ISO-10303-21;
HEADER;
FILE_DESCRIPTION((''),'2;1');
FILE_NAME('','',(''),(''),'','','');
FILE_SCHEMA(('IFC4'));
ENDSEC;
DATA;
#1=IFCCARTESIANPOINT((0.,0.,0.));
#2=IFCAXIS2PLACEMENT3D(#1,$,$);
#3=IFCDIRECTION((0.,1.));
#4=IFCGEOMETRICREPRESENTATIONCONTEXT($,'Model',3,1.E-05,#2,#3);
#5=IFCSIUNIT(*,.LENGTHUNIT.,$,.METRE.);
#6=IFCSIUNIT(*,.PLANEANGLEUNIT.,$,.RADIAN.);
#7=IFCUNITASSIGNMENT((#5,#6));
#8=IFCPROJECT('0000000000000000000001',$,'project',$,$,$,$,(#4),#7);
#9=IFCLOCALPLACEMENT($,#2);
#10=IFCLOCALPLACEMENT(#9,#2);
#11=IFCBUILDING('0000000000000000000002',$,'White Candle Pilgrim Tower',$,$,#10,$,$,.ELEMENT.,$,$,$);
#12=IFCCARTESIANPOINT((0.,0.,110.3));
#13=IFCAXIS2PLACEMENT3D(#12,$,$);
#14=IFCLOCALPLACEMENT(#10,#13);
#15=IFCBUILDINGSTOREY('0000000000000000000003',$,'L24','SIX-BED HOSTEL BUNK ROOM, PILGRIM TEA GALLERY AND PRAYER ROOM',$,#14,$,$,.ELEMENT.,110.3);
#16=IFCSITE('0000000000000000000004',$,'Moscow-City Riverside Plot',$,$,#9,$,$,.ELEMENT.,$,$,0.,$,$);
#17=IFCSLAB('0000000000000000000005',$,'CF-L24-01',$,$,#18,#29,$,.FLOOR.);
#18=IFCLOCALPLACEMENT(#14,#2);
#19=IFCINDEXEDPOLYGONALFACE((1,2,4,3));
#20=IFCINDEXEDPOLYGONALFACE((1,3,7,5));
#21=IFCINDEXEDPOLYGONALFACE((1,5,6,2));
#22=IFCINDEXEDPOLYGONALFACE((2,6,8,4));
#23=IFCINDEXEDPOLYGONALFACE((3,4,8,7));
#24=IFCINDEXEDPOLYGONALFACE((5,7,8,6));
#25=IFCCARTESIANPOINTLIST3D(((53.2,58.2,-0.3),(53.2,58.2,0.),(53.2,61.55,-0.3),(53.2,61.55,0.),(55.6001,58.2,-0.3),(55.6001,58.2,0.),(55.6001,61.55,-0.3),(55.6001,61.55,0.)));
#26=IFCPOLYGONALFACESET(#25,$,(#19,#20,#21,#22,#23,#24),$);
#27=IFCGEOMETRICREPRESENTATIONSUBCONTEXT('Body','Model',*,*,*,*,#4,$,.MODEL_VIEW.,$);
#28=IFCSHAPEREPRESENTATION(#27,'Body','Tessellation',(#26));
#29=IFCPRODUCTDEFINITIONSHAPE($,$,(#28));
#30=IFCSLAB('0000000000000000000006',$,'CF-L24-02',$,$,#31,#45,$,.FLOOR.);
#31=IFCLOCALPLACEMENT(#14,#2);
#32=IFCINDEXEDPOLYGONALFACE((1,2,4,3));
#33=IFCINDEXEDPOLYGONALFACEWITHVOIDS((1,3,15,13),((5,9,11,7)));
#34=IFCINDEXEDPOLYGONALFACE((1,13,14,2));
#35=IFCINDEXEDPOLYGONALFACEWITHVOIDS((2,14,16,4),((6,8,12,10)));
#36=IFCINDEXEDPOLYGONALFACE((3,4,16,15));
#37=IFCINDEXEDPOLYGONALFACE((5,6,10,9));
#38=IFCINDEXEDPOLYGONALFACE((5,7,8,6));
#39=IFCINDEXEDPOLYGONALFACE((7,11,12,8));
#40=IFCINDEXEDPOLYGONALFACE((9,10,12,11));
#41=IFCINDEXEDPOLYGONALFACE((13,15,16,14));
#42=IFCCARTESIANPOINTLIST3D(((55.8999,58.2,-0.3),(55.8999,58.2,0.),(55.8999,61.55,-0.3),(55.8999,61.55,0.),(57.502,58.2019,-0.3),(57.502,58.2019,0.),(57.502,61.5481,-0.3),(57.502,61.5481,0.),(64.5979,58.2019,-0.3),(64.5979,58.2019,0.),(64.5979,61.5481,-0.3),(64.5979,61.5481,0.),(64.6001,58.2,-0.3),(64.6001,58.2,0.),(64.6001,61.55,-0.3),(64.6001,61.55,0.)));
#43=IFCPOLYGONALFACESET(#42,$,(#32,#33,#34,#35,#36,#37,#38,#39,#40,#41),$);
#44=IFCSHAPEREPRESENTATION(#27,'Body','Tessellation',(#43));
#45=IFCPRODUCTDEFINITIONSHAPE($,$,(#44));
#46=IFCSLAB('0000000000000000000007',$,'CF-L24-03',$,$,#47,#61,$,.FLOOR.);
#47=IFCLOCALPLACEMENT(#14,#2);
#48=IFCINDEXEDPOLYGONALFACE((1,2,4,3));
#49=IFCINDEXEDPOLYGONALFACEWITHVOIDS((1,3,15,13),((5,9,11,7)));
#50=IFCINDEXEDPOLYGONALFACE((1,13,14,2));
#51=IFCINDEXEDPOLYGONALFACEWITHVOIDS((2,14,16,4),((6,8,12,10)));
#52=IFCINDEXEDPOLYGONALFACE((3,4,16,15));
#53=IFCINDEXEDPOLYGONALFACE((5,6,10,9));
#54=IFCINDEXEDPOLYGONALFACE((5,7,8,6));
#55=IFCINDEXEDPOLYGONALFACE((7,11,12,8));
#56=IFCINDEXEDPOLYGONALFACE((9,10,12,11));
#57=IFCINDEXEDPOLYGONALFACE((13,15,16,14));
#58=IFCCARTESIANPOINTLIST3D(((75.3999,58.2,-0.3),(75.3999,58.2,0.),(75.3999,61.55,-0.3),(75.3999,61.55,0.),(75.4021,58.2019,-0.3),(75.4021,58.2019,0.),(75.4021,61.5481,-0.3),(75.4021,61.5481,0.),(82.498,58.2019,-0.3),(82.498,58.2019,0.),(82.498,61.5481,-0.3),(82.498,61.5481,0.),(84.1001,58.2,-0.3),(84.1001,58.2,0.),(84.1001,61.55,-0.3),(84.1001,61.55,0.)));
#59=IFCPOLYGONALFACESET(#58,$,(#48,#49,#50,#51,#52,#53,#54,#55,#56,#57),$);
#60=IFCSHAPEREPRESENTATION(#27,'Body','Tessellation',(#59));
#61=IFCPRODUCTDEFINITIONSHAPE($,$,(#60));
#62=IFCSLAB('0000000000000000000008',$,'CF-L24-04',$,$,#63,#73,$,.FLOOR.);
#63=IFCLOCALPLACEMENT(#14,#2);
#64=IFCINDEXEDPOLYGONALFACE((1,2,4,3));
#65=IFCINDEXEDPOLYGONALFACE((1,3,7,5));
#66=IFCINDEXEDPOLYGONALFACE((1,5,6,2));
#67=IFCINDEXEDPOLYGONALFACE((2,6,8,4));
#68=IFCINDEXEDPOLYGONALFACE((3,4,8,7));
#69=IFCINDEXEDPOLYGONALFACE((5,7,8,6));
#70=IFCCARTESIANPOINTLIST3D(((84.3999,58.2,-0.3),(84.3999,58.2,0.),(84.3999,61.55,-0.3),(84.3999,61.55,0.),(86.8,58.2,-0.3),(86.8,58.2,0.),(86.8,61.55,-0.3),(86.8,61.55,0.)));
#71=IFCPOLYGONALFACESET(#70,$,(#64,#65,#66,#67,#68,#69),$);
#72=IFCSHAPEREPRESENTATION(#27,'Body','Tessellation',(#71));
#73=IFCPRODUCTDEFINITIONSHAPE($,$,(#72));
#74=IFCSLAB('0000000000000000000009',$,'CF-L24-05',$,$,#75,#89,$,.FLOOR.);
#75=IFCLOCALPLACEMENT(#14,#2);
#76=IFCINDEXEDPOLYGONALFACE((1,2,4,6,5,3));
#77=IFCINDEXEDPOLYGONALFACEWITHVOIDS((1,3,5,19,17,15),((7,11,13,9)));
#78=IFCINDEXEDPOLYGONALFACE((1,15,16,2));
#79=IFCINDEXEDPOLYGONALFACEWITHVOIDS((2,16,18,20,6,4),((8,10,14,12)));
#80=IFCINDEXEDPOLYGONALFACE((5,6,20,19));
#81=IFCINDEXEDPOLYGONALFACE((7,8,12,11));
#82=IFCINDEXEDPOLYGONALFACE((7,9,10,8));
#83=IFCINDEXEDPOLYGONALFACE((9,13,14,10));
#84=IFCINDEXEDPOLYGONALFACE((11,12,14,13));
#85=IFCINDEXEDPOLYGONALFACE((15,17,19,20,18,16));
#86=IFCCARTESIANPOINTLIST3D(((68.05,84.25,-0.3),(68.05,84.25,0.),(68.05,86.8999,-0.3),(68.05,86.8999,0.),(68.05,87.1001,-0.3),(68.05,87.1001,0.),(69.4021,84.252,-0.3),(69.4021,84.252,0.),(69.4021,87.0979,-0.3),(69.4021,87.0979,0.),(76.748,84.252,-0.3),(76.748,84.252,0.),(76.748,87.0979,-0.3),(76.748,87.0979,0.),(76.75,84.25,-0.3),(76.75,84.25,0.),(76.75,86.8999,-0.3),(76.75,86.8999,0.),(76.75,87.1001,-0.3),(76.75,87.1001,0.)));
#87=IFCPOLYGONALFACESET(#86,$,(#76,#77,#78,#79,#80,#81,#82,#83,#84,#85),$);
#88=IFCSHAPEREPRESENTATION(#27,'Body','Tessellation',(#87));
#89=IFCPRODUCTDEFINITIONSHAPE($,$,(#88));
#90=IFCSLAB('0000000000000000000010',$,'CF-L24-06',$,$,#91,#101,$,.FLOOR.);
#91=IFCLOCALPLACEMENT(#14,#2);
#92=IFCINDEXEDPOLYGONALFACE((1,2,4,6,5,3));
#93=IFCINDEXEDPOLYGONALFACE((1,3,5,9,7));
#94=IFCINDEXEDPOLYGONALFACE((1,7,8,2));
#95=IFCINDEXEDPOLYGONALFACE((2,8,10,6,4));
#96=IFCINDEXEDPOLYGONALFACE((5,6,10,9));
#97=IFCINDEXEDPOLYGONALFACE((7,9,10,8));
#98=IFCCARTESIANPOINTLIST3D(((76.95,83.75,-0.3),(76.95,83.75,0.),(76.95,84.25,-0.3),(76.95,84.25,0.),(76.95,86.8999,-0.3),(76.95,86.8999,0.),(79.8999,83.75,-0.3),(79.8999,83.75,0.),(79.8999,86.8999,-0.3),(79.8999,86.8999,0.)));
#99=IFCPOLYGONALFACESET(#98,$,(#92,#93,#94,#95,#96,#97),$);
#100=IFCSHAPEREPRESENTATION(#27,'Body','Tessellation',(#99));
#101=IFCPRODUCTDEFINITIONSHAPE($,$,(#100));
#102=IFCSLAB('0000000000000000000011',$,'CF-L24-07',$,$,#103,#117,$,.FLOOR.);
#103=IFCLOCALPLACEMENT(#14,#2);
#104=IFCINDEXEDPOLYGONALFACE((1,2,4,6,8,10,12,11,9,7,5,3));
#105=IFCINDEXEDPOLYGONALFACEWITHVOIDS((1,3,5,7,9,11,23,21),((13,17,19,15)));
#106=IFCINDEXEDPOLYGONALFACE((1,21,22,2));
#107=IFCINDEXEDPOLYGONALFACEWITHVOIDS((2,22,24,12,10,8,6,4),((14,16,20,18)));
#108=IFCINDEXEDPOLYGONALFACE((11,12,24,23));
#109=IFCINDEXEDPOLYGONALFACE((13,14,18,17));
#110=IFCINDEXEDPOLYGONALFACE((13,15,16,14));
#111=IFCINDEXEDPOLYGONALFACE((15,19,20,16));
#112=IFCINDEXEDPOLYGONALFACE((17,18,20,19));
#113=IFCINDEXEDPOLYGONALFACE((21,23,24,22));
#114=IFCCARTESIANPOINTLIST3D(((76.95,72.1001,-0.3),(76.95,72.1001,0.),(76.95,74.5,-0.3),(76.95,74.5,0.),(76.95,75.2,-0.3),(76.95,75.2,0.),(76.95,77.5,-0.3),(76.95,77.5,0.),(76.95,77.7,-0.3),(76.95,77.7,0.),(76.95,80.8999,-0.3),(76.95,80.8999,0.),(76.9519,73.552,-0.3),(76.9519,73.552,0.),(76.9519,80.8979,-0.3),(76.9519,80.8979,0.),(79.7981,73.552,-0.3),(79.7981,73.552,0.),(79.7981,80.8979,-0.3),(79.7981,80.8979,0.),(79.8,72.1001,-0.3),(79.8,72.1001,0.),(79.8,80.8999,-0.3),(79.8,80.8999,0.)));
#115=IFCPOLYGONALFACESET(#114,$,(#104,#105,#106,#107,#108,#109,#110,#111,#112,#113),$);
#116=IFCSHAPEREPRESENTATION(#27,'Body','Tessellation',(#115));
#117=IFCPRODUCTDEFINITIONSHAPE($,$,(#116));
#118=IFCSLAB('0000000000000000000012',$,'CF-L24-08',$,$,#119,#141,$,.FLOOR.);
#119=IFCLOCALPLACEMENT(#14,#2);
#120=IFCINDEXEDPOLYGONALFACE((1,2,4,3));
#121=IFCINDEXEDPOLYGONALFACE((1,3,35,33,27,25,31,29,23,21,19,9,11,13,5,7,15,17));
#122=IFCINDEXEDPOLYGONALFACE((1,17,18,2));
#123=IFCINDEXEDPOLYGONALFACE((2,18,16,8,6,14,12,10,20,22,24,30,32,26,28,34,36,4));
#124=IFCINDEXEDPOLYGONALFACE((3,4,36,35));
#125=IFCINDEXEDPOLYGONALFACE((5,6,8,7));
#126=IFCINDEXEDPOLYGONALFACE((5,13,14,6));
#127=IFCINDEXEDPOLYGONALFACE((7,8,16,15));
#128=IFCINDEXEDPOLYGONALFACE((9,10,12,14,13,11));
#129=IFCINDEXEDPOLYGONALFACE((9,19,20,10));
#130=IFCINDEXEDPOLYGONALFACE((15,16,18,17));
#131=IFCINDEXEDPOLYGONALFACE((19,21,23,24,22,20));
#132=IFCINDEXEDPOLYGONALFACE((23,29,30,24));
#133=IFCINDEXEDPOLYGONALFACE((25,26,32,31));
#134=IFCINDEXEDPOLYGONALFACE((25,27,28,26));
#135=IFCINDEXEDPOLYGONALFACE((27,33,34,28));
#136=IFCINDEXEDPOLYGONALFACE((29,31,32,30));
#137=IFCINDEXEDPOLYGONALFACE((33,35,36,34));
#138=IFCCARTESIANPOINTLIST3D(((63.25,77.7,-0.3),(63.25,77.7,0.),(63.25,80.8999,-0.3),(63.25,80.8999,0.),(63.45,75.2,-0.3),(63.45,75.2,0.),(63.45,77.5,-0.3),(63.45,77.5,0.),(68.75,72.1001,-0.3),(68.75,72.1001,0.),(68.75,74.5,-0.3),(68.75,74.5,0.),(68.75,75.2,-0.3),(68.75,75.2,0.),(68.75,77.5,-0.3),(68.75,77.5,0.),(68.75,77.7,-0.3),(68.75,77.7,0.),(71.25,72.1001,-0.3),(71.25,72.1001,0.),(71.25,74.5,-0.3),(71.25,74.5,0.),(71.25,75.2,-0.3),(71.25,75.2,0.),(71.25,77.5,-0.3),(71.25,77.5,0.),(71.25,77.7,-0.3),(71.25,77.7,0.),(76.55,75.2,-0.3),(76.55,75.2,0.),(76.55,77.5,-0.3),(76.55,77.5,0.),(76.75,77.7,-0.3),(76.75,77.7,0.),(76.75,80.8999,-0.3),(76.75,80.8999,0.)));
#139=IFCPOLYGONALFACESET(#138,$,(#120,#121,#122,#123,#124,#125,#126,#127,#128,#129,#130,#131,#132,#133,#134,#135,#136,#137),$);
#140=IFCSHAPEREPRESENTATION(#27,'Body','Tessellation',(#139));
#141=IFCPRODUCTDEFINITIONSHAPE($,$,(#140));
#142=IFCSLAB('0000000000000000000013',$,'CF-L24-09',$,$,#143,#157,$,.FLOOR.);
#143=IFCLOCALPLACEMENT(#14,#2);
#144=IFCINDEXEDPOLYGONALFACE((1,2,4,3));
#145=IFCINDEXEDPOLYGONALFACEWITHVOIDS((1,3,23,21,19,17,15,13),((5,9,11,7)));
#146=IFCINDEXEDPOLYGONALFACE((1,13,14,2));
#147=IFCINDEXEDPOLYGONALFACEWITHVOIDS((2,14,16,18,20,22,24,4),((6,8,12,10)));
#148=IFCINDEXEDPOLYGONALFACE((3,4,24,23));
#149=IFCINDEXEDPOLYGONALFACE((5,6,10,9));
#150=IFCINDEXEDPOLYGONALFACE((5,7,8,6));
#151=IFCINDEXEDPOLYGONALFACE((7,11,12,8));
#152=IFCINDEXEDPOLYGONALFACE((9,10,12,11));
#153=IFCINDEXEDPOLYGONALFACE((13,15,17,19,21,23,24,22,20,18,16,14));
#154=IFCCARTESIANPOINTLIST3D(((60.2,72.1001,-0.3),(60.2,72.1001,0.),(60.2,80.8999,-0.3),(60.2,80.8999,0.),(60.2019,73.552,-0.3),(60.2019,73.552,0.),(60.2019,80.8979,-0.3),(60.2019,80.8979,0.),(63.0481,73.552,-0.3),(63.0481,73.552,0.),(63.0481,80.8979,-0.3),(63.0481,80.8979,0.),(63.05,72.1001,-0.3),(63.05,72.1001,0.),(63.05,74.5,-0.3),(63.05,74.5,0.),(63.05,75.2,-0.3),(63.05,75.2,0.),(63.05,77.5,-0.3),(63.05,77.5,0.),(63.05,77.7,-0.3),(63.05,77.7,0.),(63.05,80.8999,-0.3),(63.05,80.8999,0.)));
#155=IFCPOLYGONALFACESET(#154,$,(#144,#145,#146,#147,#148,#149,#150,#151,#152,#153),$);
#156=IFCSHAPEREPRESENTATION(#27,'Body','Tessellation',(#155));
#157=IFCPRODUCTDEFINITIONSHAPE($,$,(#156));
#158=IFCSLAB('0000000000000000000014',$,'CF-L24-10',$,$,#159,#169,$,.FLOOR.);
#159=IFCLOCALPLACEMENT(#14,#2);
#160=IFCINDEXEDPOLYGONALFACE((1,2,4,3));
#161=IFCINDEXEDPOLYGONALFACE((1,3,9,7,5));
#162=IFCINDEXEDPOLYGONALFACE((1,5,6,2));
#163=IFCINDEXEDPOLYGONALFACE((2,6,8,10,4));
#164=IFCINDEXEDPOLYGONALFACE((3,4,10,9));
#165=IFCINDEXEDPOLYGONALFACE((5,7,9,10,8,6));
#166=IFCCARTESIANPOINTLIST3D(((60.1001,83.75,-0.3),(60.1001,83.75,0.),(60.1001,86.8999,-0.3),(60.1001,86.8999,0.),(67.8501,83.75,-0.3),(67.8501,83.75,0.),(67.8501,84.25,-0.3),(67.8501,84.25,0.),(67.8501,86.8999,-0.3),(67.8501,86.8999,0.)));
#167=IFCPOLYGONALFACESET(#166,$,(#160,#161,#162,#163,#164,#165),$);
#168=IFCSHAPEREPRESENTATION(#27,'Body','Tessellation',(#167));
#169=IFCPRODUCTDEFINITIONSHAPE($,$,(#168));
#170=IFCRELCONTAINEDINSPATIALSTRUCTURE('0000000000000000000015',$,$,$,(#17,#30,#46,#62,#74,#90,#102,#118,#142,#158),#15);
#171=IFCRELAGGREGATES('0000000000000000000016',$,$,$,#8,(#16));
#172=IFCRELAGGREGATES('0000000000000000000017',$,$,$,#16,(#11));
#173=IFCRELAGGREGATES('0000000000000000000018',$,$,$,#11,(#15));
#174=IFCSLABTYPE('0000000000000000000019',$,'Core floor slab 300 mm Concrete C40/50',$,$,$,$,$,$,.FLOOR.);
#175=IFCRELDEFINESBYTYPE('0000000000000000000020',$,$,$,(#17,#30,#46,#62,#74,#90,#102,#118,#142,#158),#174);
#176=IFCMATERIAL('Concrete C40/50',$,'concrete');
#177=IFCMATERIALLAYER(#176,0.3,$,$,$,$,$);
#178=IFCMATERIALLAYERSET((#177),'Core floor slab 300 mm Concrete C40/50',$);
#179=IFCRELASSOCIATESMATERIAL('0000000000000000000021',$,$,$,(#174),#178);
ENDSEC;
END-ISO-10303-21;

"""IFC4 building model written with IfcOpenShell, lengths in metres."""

from ifc_helpers import new_model, si_unit, direction, frame, origin, place, context, subcontext, project, spatial, polyline, outline, extrude, material, layer, layer_set, type_object, element, save


model = new_model("IFC4")

# Units and contexts
model_context = context("Model", 3, precision=1e-05, world=origin(), true_north=direction((0.0, 1.0)))
body_context = subcontext(model_context, "Body", "Model", "MODEL_VIEW")
ifc_project = project(units=[si_unit("LENGTHUNIT", "METRE"), si_unit("PLANEANGLEUNIT", "RADIAN")], contexts=[model_context])

# Site, building, storey
site_placement = place(None, origin())
site = spatial("IfcSite", under=ifc_project, at=site_placement, Name="Moscow-City Riverside Plot", CompositionType="ELEMENT", RefElevation=0.0)
building_placement = place(site_placement, origin())
building = spatial("IfcBuilding", under=site, at=building_placement, Name="White Candle Pilgrim Tower", CompositionType="ELEMENT")
storey_placement = place(building_placement, frame((0.0, 0.0, 110.3)))
storey = spatial("IfcBuildingStorey", under=building, at=storey_placement, Name="L24", Description="SIX-BED HOSTEL BUNK ROOM, PILGRIM TEA GALLERY AND PRAYER ROOM", CompositionType="ELEMENT", Elevation=110.3)

# Slabs
ifc_material = material(Name="Concrete C40/50", Category="concrete")
ifc_layer_1 = layer(ifc_material, 0.3)
ifc_layer_set_1 = layer_set([ifc_layer_1], Name="Core floor slab 300 mm Concrete C40/50")
slab_type_1 = type_object("IfcSlabType", Name="Core floor slab 300 mm Concrete C40/50", PredefinedType="FLOOR", material=ifc_layer_set_1)
slab_1_placement = place(storey_placement, frame((0.0, 0.0, -0.3)))
element("IfcSlab", 1, at=slab_1_placement, inside=storey, type_object=slab_type_1, Name="CF-L24-01", PredefinedType="FLOOR", context=body_context, shape_type="SweptSolid", body=[
    extrude(outline(polyline([(55.6001, 58.2), (53.2, 58.2), (53.2, 61.55), (55.6001, 61.55), (55.6001, 58.2)])), origin(), (0.0, 0.0, 1.0), 0.3),
])
slab_2_placement = place(storey_placement, frame((0.0, 0.0, -0.3)))
element("IfcSlab", 2, at=slab_2_placement, inside=storey, type_object=slab_type_1, Name="CF-L24-02", PredefinedType="FLOOR", context=body_context, shape_type="SweptSolid", body=[
    extrude(outline(polyline([(55.8999, 58.2), (55.8999, 61.55), (64.6001, 61.55), (64.6001, 58.2), (55.8999, 58.2)]), holes=[polyline([(57.502, 61.5481), (57.502, 58.2019), (64.5979, 58.2019), (64.5979, 61.5481), (57.502, 61.5481)])]), origin(), (0.0, 0.0, 1.0), 0.3),
])
slab_3_placement = place(storey_placement, frame((0.0, 0.0, -0.3)))
element("IfcSlab", 3, at=slab_3_placement, inside=storey, type_object=slab_type_1, Name="CF-L24-03", PredefinedType="FLOOR", context=body_context, shape_type="SweptSolid", body=[
    extrude(outline(polyline([(75.3999, 58.2), (75.3999, 61.55), (84.1001, 61.55), (84.1001, 58.2), (75.3999, 58.2)]), holes=[polyline([(82.498, 58.2019), (82.498, 61.5481), (75.4021, 61.5481), (75.4021, 58.2019), (82.498, 58.2019)])]), origin(), (0.0, 0.0, 1.0), 0.3),
])
slab_4_placement = place(storey_placement, frame((0.0, 0.0, -0.3)))
element("IfcSlab", 4, at=slab_4_placement, inside=storey, type_object=slab_type_1, Name="CF-L24-04", PredefinedType="FLOOR", context=body_context, shape_type="SweptSolid", body=[
    extrude(outline(polyline([(86.8, 58.2), (84.3999, 58.2), (84.3999, 61.55), (86.8, 61.55), (86.8, 58.2)])), origin(), (0.0, 0.0, 1.0), 0.3),
])
slab_5_placement = place(storey_placement, frame((0.0, 0.0, -0.3)))
element("IfcSlab", 5, at=slab_5_placement, inside=storey, type_object=slab_type_1, Name="CF-L24-05", PredefinedType="FLOOR", context=body_context, shape_type="SweptSolid", body=[
    extrude(outline(polyline([(76.75, 87.1001), (76.75, 86.8999), (76.75, 84.25), (68.05, 84.25), (68.05, 86.8999), (68.05, 87.1001), (76.75, 87.1001)]), holes=[polyline([(69.4021, 87.0979), (69.4021, 84.252), (76.748, 84.252), (76.748, 87.0979), (69.4021, 87.0979)])]), origin(), (0.0, 0.0, 1.0), 0.3),
])
slab_6_placement = place(storey_placement, frame((0.0, 0.0, -0.3)))
element("IfcSlab", 6, at=slab_6_placement, inside=storey, type_object=slab_type_1, Name="CF-L24-06", PredefinedType="FLOOR", context=body_context, shape_type="SweptSolid", body=[
    extrude(outline(polyline([(79.8999, 86.8999), (79.8999, 83.75), (76.95, 83.75), (76.95, 84.25), (76.95, 86.8999), (79.8999, 86.8999)])), origin(), (0.0, 0.0, 1.0), 0.3),
])
slab_7_placement = place(storey_placement, frame((0.0, 0.0, -0.3)))
element("IfcSlab", 7, at=slab_7_placement, inside=storey, type_object=slab_type_1, Name="CF-L24-07", PredefinedType="FLOOR", context=body_context, shape_type="SweptSolid", body=[
    extrude(outline(polyline([(76.95, 72.1001), (76.95, 74.5), (76.95, 75.2), (76.95, 77.5), (76.95, 77.7), (76.95, 80.8999), (79.8, 80.8999), (79.8, 72.1001), (76.95, 72.1001)]), holes=[polyline([(76.9519, 73.552), (79.7981, 73.552), (79.7981, 80.8979), (76.9519, 80.8979), (76.9519, 73.552)])]), origin(), (0.0, 0.0, 1.0), 0.3),
])
slab_8_placement = place(storey_placement, frame((0.0, 0.0, -0.3)))
element("IfcSlab", 8, at=slab_8_placement, inside=storey, type_object=slab_type_1, Name="CF-L24-08", PredefinedType="FLOOR", context=body_context, shape_type="SweptSolid", body=[
    extrude(outline(polyline([(68.75, 72.1001), (68.75, 74.5), (68.75, 75.2), (63.45, 75.2), (63.45, 77.5), (68.75, 77.5), (68.75, 77.7), (63.25, 77.7), (63.25, 80.8999), (76.75, 80.8999), (76.75, 77.7), (71.25, 77.7), (71.25, 77.5), (76.55, 77.5), (76.55, 75.2), (71.25, 75.2), (71.25, 74.5), (71.25, 72.1001), (68.75, 72.1001)])), origin(), (0.0, 0.0, 1.0), 0.3),
])
slab_9_placement = place(storey_placement, frame((0.0, 0.0, -0.3)))
element("IfcSlab", 9, at=slab_9_placement, inside=storey, type_object=slab_type_1, Name="CF-L24-09", PredefinedType="FLOOR", context=body_context, shape_type="SweptSolid", body=[
    extrude(outline(polyline([(60.2, 72.1001), (60.2, 80.8999), (63.05, 80.8999), (63.05, 77.7), (63.05, 77.5), (63.05, 75.2), (63.05, 74.5), (63.05, 72.1001), (60.2, 72.1001)]), holes=[polyline([(60.2019, 73.552), (63.0481, 73.552), (63.0481, 80.8979), (60.2019, 80.8979), (60.2019, 73.552)])]), origin(), (0.0, 0.0, 1.0), 0.3),
])
slab_10_placement = place(storey_placement, frame((0.0, 0.0, -0.3)))
element("IfcSlab", 10, at=slab_10_placement, inside=storey, type_object=slab_type_1, Name="CF-L24-10", PredefinedType="FLOOR", context=body_context, shape_type="SweptSolid", body=[
    extrude(outline(polyline([(60.1001, 86.8999), (67.8501, 86.8999), (67.8501, 84.25), (67.8501, 83.75), (60.1001, 83.75), (60.1001, 86.8999)])), origin(), (0.0, 0.0, 1.0), 0.3),
])

save(model, "model.ifc")
